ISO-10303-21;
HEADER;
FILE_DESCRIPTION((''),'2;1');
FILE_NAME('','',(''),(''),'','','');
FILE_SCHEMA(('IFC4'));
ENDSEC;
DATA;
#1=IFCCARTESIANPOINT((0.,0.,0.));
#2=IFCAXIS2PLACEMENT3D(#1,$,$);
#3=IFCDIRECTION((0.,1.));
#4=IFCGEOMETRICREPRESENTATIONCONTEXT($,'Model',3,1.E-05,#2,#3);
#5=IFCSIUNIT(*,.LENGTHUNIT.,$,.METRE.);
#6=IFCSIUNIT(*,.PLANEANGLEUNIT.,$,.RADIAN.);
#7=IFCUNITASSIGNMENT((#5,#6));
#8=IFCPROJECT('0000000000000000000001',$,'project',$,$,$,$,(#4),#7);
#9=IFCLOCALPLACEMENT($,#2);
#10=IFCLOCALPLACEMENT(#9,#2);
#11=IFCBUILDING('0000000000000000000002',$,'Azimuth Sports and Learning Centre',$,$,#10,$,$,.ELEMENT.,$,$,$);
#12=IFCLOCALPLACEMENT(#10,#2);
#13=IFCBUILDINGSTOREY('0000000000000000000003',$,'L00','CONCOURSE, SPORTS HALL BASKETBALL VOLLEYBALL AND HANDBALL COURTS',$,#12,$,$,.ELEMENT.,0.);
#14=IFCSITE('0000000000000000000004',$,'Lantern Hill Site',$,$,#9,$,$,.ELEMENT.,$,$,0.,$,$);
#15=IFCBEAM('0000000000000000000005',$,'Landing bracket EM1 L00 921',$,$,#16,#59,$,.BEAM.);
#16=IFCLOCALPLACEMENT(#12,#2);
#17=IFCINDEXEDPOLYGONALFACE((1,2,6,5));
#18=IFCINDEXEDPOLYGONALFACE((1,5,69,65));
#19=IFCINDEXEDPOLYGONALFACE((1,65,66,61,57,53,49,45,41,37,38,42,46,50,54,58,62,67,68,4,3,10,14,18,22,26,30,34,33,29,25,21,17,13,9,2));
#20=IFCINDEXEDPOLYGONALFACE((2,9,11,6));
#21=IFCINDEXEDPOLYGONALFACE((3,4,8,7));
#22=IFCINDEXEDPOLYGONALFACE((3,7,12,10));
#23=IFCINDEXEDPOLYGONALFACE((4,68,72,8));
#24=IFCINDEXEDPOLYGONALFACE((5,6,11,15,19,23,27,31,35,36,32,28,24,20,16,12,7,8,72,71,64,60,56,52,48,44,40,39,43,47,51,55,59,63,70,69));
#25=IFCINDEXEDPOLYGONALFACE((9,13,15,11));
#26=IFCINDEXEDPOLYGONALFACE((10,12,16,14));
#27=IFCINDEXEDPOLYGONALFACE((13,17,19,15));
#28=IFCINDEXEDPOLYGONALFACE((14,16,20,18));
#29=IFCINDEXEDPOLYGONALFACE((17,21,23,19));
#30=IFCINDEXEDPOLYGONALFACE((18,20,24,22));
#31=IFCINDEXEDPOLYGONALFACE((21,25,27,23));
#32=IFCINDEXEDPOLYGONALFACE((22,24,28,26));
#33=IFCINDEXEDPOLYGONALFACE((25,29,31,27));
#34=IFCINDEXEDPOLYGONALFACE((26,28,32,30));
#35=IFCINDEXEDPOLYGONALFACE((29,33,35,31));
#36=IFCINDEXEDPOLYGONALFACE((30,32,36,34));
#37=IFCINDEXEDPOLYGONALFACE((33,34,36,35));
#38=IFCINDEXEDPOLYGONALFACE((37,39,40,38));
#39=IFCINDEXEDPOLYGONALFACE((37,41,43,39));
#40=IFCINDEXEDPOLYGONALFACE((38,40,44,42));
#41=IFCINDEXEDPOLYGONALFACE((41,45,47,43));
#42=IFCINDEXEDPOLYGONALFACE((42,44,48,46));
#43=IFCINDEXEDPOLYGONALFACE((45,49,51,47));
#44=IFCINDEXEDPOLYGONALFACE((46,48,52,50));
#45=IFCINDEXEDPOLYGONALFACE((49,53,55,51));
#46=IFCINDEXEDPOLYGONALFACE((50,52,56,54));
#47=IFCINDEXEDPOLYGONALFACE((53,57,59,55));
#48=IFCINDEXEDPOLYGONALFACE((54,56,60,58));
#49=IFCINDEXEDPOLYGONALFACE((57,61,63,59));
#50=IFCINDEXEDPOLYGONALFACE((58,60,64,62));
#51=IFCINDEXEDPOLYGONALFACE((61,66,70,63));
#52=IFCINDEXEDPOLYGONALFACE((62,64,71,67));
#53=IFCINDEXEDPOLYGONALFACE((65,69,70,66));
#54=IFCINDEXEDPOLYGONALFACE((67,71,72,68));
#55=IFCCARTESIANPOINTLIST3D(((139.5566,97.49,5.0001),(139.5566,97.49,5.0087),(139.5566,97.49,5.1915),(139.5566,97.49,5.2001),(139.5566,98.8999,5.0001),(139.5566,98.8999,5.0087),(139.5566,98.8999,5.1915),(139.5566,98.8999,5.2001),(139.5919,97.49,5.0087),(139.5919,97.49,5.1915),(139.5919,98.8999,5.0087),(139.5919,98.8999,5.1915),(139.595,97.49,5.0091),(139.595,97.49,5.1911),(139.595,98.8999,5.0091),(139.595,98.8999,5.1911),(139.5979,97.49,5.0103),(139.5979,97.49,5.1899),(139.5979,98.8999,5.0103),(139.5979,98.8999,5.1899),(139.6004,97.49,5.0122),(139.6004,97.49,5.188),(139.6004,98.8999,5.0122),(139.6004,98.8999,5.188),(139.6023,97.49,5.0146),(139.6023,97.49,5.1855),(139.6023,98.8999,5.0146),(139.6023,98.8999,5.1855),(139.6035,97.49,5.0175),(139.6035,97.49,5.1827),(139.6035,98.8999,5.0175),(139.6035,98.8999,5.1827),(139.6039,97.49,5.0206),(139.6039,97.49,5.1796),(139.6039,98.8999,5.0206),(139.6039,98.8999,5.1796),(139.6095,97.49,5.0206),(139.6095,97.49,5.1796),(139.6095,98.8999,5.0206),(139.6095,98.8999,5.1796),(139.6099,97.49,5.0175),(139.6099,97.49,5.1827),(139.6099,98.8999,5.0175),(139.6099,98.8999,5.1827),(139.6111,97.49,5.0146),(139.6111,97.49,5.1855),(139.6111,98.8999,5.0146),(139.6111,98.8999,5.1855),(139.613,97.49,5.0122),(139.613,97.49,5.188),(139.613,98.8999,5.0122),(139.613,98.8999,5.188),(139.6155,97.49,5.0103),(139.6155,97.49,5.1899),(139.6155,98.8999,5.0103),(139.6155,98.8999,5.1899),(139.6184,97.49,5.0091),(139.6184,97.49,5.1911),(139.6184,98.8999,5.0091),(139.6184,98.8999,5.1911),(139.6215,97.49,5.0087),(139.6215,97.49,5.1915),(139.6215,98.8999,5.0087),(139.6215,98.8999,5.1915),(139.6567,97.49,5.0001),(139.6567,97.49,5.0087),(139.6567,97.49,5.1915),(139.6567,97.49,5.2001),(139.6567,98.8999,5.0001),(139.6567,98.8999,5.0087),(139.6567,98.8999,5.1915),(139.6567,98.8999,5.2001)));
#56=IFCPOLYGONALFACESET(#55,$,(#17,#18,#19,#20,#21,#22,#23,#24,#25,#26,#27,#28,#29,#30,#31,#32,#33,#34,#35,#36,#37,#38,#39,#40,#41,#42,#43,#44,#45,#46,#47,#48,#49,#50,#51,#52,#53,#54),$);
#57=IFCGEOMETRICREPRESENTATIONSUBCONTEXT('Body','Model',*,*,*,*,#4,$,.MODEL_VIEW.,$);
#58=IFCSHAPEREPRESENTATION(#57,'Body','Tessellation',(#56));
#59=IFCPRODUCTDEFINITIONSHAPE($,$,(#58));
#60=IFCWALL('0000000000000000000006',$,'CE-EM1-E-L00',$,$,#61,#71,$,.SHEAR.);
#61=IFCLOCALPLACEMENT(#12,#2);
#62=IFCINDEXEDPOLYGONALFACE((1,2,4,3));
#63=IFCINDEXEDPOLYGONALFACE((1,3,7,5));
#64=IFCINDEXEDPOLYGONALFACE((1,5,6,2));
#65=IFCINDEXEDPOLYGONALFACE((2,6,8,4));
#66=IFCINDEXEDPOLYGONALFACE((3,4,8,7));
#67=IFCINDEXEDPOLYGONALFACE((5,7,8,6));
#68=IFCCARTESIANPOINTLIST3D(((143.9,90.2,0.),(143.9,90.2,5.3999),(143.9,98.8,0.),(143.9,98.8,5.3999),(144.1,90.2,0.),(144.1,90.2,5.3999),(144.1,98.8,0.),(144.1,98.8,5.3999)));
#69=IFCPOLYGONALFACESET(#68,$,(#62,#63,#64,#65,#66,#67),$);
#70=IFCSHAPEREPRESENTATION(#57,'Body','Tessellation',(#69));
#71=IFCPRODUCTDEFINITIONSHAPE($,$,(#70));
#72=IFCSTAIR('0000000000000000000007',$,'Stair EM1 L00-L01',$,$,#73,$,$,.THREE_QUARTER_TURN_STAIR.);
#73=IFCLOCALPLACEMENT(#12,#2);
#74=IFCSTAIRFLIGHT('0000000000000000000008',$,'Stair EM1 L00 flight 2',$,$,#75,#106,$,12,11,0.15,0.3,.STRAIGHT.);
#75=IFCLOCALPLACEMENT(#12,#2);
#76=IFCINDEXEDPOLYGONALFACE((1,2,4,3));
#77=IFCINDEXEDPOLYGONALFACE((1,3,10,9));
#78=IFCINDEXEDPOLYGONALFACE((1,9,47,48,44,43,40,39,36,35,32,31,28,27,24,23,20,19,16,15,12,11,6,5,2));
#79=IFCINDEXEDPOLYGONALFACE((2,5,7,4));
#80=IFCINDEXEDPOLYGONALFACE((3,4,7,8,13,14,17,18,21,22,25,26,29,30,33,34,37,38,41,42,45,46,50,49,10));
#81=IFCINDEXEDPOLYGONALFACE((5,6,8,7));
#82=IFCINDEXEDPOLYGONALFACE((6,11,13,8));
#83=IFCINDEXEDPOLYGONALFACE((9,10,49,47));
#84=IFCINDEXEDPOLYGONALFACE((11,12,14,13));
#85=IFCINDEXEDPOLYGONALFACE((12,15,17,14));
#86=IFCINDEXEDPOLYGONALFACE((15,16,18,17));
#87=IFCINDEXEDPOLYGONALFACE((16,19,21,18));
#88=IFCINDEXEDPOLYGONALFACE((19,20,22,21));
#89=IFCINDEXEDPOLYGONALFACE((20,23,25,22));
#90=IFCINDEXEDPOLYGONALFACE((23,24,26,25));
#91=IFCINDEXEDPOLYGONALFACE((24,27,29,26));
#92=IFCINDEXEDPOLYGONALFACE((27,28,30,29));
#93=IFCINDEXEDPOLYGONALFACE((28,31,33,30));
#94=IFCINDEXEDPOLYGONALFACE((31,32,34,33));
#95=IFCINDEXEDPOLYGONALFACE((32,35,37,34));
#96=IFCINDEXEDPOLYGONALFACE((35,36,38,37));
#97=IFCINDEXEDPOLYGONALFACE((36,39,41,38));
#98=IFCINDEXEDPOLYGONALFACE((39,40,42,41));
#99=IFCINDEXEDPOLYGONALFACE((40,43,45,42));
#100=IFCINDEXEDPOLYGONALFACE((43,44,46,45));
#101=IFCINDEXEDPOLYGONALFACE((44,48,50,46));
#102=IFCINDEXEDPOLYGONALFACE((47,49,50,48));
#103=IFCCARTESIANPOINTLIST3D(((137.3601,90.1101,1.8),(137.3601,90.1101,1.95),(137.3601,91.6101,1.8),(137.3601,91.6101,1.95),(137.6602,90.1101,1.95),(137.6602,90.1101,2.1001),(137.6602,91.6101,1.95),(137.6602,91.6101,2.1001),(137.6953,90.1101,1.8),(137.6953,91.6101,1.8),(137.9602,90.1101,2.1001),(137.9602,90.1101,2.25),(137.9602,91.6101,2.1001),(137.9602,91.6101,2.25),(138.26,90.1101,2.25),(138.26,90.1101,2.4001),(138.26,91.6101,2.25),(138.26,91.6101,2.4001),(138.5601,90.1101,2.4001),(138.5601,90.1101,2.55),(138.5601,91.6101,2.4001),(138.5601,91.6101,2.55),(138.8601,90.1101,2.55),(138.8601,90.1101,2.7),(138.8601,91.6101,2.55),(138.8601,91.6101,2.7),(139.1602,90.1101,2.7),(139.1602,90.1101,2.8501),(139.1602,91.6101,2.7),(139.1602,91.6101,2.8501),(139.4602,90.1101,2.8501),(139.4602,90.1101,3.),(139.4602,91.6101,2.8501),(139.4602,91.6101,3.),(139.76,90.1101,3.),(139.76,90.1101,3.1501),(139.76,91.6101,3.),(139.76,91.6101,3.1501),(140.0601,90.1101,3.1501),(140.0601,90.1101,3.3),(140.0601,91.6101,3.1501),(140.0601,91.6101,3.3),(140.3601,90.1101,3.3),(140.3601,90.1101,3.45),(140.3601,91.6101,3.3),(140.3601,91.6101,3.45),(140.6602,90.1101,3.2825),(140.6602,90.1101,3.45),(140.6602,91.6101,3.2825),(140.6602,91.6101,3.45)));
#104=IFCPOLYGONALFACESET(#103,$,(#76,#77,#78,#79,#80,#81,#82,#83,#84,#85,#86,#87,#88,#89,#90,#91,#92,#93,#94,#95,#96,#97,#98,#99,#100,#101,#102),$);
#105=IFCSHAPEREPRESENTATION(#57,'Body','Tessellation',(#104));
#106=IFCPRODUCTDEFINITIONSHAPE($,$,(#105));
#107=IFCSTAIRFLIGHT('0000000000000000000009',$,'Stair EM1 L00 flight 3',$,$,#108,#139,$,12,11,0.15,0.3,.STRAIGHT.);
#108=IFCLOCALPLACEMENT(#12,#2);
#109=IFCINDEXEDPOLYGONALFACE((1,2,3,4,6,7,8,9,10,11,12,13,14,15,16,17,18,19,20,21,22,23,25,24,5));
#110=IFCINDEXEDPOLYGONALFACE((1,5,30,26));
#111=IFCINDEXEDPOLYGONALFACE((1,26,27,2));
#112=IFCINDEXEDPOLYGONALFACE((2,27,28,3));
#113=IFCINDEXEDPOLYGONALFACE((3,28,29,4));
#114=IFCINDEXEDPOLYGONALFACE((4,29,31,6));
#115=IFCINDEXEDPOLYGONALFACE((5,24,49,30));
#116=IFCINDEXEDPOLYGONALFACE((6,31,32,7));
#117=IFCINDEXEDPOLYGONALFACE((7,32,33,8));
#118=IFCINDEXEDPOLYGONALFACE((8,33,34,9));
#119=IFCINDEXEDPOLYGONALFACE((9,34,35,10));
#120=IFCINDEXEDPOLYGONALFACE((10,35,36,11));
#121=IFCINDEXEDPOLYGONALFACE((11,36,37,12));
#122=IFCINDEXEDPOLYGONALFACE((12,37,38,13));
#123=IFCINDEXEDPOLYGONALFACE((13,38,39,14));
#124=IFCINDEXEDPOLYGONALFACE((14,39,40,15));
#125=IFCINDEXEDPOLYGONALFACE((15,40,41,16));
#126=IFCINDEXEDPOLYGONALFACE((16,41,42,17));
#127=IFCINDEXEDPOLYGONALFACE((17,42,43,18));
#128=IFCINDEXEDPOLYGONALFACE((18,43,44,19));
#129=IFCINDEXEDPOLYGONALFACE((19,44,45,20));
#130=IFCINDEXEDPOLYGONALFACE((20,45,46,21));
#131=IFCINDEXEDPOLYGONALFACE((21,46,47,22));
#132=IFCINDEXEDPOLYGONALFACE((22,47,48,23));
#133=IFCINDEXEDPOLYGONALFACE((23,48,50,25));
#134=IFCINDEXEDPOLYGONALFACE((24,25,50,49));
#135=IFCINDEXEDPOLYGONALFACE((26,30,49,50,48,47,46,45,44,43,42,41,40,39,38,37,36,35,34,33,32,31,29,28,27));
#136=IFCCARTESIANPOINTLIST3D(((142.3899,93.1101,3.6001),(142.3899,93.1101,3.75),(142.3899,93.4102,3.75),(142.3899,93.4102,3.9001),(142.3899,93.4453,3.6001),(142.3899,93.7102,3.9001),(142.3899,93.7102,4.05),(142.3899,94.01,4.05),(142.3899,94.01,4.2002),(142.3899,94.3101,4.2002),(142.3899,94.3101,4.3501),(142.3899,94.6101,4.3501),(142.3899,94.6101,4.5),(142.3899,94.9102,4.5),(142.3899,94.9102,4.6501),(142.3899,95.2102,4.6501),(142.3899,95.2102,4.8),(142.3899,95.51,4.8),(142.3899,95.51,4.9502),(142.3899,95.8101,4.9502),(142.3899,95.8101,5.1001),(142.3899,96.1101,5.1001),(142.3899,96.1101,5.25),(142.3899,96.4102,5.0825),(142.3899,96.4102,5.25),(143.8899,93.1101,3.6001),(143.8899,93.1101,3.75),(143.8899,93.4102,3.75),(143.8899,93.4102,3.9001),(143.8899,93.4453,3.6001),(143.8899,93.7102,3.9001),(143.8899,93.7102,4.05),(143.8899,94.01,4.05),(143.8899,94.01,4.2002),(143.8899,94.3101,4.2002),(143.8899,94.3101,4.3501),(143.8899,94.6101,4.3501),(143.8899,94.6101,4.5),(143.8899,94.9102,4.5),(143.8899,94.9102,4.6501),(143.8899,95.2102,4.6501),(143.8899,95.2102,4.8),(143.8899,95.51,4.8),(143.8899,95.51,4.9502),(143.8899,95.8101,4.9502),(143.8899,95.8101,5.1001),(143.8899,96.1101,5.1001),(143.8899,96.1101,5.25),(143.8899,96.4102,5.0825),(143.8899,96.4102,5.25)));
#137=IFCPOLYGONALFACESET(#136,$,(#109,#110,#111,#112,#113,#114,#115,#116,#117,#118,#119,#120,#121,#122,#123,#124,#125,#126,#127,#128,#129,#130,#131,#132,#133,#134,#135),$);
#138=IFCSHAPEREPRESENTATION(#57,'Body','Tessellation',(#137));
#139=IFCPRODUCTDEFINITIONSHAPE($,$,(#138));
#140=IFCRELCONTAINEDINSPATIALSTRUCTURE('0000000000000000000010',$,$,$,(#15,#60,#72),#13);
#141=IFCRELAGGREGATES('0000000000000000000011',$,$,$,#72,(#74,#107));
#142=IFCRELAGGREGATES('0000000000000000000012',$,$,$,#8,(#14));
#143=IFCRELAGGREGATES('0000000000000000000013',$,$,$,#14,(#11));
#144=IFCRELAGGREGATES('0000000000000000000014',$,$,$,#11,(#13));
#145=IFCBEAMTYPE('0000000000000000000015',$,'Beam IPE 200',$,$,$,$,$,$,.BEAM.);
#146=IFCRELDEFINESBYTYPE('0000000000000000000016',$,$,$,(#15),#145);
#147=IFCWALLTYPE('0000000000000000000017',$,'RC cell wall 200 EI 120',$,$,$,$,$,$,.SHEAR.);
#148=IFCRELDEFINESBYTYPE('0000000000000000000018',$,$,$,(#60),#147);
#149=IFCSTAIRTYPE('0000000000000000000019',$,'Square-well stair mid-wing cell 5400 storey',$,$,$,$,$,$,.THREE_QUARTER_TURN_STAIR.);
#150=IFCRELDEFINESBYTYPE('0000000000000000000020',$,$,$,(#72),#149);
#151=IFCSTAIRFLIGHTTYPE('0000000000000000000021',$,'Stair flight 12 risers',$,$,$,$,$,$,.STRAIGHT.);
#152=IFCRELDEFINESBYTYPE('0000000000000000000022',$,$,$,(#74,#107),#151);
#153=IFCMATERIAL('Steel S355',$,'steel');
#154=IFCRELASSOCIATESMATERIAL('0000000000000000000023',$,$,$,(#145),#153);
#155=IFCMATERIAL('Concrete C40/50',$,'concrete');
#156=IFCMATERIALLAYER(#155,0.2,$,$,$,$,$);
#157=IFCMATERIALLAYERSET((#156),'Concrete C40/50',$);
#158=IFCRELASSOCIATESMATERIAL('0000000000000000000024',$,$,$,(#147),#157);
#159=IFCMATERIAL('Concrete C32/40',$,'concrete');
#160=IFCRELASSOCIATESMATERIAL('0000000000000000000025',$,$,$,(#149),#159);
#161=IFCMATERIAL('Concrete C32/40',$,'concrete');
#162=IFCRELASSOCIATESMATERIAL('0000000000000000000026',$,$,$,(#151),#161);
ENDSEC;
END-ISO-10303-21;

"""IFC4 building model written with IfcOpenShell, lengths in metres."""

from ifc_helpers import new_model, si_unit, direction, frame, frame_2d, origin, origin_2d, place, context, subcontext, project, spatial, polyline, rectangle, i_section, outline, extrude, material, layer, layer_set, material_profile, profile_set, type_object, element, aggregate, save


model = new_model("IFC4")

# Units and contexts
model_context = context("Model", 3, precision=1e-05, world=origin(), true_north=direction((0.0, 1.0)))
body_context = subcontext(model_context, "Body", "Model", "MODEL_VIEW")
ifc_project = project(units=[si_unit("LENGTHUNIT", "METRE"), si_unit("PLANEANGLEUNIT", "RADIAN")], contexts=[model_context])

# Site, building, storey
site_placement = place(None, origin())
site = spatial("IfcSite", under=ifc_project, at=site_placement, Name="Lantern Hill Site", CompositionType="ELEMENT", RefElevation=0.0)
building_placement = place(site_placement, origin())
building = spatial("IfcBuilding", under=site, at=building_placement, Name="Azimuth Sports and Learning Centre", CompositionType="ELEMENT")
storey_placement = place(building_placement, origin())
storey = spatial("IfcBuildingStorey", under=building, at=storey_placement, Name="L00", Description="CONCOURSE, SPORTS HALL BASKETBALL VOLLEYBALL AND HANDBALL COURTS", CompositionType="ELEMENT", Elevation=0.0)

# Beam
ifc_material_1 = material(Name="Steel S355", Category="steel")
ifc_material_profile_1 = material_profile(ifc_material_1, i_section(OverallWidth=0.1001, OverallDepth=0.2, WebThickness=0.0056, FlangeThickness=0.0085, FilletRadius=0.012, at=origin_2d()), Name="IPE 200")
ifc_profile_set_1 = profile_set([ifc_material_profile_1], Name="Steel S355")
beam_type = type_object("IfcBeamType", Name="Beam IPE 200", PredefinedType="BEAM", material=ifc_profile_set_1)
for number, where, z_axis, x_axis, name in (
    (1, (139.6067, 98.8999, 5.1001), (0.0, -1.0, 0.0), (1.0, 0.0, 0.0), "Landing bracket EM1 L00 921"),
):
    element("IfcBeam", number, at=place(storey_placement, frame(where, z_axis=z_axis, x_axis=x_axis)), inside=storey, type_object=beam_type, Name=name, PredefinedType="BEAM", context=body_context, shape_type="SweptSolid", body=[
        extrude(i_section(OverallWidth=0.1001, OverallDepth=0.2, WebThickness=0.0056, FlangeThickness=0.0085, FilletRadius=0.012, at=origin_2d()), origin(), (0.0, 0.0, 1.0), 1.4099),
    ])

# Wall
ifc_material_2 = material(Name="Concrete C40/50", Category="concrete")
ifc_layer_1 = layer(ifc_material_2, 0.2)
ifc_layer_set_1 = layer_set([ifc_layer_1], Name="Concrete C40/50")
wall_type = type_object("IfcWallType", Name="RC cell wall 200 EI 120", PredefinedType="SHEAR", material=ifc_layer_set_1)
wall_placement = place(storey_placement, frame((144.0, 90.2, 0.0), z_axis=(0.0, 0.0, 1.0), x_axis=(0.0, 1.0, 0.0)))
element("IfcWall", 2, at=wall_placement, inside=storey, type_object=wall_type, Name="CE-EM1-E-L00", PredefinedType="SHEAR", context=body_context, shape_type="SweptSolid", body=[
    extrude(rectangle(XDim=8.6001, YDim=0.2, at=frame_2d((4.3, 0.0))), origin(), (0.0, 0.0, 1.0), 5.3999),
])

# Stair, stair flights
ifc_material_3 = material(Name="Concrete C32/40", Category="concrete")
stair_type = type_object("IfcStairType", Name="Square-well stair mid-wing cell 5400 storey", PredefinedType="THREE_QUARTER_TURN_STAIR", material=ifc_material_3)
stair_placement = place(storey_placement, origin())
stair = element("IfcStair", 3, at=stair_placement, inside=storey, type_object=stair_type, Name="Stair EM1 L00-L01", PredefinedType="THREE_QUARTER_TURN_STAIR")
ifc_material_4 = material(Name="Concrete C32/40", Category="concrete")
stair_flight_type = type_object("IfcStairFlightType", Name="Stair flight 12 risers", PredefinedType="STRAIGHT", material=ifc_material_4)
stair_flight_1_placement = place(storey_placement, frame((137.3601, 90.8601, 1.8), z_axis=(0.0, 0.0, 1.0), x_axis=(1.0, 0.0, 0.0)))
stair_flight_1 = element("IfcStairFlight", 4, at=stair_flight_1_placement, type_object=stair_flight_type, Name="Stair EM1 L00 flight 2", NumberOfRisers=12, NumberOfTreads=11, PredefinedType="STRAIGHT", RiserHeight=0.15, TreadLength=0.3, context=body_context, shape_type="SweptSolid", body=[
    extrude(outline(polyline([(0.0, 0.0), (0.0, 0.1499), (0.3, 0.1499), (0.3, 0.3), (0.6001, 0.3), (0.6001, 0.45), (0.8999, 0.45), (0.8999, 0.6001), (1.2, 0.6001), (1.2, 0.75), (1.5, 0.75), (1.5, 0.8999), (1.8, 0.8999), (1.8, 1.05), (2.1001, 1.05), (2.1001, 1.2), (2.3999, 1.2), (2.3999, 1.3501), (2.7, 1.3501), (2.7, 1.5), (3.0, 1.5), (3.0, 1.6499), (3.3, 1.6499), (3.3, 1.8), (3.3, 1.4824), (0.3352, 0.0), (0.0, 0.0)])), frame((0.0, 0.75, 0.0), z_axis=(0.0, -1.0, 0.0), x_axis=(1.0, 0.0, 0.0)), (0.0, 0.0, 1.0), 1.5),
])
stair_flight_2_placement = place(storey_placement, frame((143.1399, 93.1101, 3.6001), z_axis=(0.0, 0.0, 1.0), x_axis=(0.0, 1.0, 0.0)))
stair_flight_2 = element("IfcStairFlight", 5, at=stair_flight_2_placement, type_object=stair_flight_type, Name="Stair EM1 L00 flight 3", NumberOfRisers=12, NumberOfTreads=11, PredefinedType="STRAIGHT", RiserHeight=0.15, TreadLength=0.3, context=body_context, shape_type="SweptSolid", body=[
    extrude(outline(polyline([(0.0, 0.0), (0.0, 0.1499), (0.3, 0.1499), (0.3, 0.3), (0.6001, 0.3), (0.6001, 0.45), (0.8999, 0.45), (0.8999, 0.6001), (1.2, 0.6001), (1.2, 0.75), (1.5, 0.75), (1.5, 0.8999), (1.8, 0.8999), (1.8, 1.05), (2.1001, 1.05), (2.1001, 1.2), (2.3999, 1.2), (2.3999, 1.3501), (2.7, 1.3501), (2.7, 1.5), (3.0, 1.5), (3.0, 1.6499), (3.3, 1.6499), (3.3, 1.8), (3.3, 1.4824), (0.3352, 0.0), (0.0, 0.0)])), frame((0.0, 0.75, 0.0), z_axis=(0.0, -1.0, 0.0), x_axis=(1.0, 0.0, 0.0)), (0.0, 0.0, 1.0), 1.5),
])
aggregate(stair, [stair_flight_1, stair_flight_2])

save(model, "model.ifc")
